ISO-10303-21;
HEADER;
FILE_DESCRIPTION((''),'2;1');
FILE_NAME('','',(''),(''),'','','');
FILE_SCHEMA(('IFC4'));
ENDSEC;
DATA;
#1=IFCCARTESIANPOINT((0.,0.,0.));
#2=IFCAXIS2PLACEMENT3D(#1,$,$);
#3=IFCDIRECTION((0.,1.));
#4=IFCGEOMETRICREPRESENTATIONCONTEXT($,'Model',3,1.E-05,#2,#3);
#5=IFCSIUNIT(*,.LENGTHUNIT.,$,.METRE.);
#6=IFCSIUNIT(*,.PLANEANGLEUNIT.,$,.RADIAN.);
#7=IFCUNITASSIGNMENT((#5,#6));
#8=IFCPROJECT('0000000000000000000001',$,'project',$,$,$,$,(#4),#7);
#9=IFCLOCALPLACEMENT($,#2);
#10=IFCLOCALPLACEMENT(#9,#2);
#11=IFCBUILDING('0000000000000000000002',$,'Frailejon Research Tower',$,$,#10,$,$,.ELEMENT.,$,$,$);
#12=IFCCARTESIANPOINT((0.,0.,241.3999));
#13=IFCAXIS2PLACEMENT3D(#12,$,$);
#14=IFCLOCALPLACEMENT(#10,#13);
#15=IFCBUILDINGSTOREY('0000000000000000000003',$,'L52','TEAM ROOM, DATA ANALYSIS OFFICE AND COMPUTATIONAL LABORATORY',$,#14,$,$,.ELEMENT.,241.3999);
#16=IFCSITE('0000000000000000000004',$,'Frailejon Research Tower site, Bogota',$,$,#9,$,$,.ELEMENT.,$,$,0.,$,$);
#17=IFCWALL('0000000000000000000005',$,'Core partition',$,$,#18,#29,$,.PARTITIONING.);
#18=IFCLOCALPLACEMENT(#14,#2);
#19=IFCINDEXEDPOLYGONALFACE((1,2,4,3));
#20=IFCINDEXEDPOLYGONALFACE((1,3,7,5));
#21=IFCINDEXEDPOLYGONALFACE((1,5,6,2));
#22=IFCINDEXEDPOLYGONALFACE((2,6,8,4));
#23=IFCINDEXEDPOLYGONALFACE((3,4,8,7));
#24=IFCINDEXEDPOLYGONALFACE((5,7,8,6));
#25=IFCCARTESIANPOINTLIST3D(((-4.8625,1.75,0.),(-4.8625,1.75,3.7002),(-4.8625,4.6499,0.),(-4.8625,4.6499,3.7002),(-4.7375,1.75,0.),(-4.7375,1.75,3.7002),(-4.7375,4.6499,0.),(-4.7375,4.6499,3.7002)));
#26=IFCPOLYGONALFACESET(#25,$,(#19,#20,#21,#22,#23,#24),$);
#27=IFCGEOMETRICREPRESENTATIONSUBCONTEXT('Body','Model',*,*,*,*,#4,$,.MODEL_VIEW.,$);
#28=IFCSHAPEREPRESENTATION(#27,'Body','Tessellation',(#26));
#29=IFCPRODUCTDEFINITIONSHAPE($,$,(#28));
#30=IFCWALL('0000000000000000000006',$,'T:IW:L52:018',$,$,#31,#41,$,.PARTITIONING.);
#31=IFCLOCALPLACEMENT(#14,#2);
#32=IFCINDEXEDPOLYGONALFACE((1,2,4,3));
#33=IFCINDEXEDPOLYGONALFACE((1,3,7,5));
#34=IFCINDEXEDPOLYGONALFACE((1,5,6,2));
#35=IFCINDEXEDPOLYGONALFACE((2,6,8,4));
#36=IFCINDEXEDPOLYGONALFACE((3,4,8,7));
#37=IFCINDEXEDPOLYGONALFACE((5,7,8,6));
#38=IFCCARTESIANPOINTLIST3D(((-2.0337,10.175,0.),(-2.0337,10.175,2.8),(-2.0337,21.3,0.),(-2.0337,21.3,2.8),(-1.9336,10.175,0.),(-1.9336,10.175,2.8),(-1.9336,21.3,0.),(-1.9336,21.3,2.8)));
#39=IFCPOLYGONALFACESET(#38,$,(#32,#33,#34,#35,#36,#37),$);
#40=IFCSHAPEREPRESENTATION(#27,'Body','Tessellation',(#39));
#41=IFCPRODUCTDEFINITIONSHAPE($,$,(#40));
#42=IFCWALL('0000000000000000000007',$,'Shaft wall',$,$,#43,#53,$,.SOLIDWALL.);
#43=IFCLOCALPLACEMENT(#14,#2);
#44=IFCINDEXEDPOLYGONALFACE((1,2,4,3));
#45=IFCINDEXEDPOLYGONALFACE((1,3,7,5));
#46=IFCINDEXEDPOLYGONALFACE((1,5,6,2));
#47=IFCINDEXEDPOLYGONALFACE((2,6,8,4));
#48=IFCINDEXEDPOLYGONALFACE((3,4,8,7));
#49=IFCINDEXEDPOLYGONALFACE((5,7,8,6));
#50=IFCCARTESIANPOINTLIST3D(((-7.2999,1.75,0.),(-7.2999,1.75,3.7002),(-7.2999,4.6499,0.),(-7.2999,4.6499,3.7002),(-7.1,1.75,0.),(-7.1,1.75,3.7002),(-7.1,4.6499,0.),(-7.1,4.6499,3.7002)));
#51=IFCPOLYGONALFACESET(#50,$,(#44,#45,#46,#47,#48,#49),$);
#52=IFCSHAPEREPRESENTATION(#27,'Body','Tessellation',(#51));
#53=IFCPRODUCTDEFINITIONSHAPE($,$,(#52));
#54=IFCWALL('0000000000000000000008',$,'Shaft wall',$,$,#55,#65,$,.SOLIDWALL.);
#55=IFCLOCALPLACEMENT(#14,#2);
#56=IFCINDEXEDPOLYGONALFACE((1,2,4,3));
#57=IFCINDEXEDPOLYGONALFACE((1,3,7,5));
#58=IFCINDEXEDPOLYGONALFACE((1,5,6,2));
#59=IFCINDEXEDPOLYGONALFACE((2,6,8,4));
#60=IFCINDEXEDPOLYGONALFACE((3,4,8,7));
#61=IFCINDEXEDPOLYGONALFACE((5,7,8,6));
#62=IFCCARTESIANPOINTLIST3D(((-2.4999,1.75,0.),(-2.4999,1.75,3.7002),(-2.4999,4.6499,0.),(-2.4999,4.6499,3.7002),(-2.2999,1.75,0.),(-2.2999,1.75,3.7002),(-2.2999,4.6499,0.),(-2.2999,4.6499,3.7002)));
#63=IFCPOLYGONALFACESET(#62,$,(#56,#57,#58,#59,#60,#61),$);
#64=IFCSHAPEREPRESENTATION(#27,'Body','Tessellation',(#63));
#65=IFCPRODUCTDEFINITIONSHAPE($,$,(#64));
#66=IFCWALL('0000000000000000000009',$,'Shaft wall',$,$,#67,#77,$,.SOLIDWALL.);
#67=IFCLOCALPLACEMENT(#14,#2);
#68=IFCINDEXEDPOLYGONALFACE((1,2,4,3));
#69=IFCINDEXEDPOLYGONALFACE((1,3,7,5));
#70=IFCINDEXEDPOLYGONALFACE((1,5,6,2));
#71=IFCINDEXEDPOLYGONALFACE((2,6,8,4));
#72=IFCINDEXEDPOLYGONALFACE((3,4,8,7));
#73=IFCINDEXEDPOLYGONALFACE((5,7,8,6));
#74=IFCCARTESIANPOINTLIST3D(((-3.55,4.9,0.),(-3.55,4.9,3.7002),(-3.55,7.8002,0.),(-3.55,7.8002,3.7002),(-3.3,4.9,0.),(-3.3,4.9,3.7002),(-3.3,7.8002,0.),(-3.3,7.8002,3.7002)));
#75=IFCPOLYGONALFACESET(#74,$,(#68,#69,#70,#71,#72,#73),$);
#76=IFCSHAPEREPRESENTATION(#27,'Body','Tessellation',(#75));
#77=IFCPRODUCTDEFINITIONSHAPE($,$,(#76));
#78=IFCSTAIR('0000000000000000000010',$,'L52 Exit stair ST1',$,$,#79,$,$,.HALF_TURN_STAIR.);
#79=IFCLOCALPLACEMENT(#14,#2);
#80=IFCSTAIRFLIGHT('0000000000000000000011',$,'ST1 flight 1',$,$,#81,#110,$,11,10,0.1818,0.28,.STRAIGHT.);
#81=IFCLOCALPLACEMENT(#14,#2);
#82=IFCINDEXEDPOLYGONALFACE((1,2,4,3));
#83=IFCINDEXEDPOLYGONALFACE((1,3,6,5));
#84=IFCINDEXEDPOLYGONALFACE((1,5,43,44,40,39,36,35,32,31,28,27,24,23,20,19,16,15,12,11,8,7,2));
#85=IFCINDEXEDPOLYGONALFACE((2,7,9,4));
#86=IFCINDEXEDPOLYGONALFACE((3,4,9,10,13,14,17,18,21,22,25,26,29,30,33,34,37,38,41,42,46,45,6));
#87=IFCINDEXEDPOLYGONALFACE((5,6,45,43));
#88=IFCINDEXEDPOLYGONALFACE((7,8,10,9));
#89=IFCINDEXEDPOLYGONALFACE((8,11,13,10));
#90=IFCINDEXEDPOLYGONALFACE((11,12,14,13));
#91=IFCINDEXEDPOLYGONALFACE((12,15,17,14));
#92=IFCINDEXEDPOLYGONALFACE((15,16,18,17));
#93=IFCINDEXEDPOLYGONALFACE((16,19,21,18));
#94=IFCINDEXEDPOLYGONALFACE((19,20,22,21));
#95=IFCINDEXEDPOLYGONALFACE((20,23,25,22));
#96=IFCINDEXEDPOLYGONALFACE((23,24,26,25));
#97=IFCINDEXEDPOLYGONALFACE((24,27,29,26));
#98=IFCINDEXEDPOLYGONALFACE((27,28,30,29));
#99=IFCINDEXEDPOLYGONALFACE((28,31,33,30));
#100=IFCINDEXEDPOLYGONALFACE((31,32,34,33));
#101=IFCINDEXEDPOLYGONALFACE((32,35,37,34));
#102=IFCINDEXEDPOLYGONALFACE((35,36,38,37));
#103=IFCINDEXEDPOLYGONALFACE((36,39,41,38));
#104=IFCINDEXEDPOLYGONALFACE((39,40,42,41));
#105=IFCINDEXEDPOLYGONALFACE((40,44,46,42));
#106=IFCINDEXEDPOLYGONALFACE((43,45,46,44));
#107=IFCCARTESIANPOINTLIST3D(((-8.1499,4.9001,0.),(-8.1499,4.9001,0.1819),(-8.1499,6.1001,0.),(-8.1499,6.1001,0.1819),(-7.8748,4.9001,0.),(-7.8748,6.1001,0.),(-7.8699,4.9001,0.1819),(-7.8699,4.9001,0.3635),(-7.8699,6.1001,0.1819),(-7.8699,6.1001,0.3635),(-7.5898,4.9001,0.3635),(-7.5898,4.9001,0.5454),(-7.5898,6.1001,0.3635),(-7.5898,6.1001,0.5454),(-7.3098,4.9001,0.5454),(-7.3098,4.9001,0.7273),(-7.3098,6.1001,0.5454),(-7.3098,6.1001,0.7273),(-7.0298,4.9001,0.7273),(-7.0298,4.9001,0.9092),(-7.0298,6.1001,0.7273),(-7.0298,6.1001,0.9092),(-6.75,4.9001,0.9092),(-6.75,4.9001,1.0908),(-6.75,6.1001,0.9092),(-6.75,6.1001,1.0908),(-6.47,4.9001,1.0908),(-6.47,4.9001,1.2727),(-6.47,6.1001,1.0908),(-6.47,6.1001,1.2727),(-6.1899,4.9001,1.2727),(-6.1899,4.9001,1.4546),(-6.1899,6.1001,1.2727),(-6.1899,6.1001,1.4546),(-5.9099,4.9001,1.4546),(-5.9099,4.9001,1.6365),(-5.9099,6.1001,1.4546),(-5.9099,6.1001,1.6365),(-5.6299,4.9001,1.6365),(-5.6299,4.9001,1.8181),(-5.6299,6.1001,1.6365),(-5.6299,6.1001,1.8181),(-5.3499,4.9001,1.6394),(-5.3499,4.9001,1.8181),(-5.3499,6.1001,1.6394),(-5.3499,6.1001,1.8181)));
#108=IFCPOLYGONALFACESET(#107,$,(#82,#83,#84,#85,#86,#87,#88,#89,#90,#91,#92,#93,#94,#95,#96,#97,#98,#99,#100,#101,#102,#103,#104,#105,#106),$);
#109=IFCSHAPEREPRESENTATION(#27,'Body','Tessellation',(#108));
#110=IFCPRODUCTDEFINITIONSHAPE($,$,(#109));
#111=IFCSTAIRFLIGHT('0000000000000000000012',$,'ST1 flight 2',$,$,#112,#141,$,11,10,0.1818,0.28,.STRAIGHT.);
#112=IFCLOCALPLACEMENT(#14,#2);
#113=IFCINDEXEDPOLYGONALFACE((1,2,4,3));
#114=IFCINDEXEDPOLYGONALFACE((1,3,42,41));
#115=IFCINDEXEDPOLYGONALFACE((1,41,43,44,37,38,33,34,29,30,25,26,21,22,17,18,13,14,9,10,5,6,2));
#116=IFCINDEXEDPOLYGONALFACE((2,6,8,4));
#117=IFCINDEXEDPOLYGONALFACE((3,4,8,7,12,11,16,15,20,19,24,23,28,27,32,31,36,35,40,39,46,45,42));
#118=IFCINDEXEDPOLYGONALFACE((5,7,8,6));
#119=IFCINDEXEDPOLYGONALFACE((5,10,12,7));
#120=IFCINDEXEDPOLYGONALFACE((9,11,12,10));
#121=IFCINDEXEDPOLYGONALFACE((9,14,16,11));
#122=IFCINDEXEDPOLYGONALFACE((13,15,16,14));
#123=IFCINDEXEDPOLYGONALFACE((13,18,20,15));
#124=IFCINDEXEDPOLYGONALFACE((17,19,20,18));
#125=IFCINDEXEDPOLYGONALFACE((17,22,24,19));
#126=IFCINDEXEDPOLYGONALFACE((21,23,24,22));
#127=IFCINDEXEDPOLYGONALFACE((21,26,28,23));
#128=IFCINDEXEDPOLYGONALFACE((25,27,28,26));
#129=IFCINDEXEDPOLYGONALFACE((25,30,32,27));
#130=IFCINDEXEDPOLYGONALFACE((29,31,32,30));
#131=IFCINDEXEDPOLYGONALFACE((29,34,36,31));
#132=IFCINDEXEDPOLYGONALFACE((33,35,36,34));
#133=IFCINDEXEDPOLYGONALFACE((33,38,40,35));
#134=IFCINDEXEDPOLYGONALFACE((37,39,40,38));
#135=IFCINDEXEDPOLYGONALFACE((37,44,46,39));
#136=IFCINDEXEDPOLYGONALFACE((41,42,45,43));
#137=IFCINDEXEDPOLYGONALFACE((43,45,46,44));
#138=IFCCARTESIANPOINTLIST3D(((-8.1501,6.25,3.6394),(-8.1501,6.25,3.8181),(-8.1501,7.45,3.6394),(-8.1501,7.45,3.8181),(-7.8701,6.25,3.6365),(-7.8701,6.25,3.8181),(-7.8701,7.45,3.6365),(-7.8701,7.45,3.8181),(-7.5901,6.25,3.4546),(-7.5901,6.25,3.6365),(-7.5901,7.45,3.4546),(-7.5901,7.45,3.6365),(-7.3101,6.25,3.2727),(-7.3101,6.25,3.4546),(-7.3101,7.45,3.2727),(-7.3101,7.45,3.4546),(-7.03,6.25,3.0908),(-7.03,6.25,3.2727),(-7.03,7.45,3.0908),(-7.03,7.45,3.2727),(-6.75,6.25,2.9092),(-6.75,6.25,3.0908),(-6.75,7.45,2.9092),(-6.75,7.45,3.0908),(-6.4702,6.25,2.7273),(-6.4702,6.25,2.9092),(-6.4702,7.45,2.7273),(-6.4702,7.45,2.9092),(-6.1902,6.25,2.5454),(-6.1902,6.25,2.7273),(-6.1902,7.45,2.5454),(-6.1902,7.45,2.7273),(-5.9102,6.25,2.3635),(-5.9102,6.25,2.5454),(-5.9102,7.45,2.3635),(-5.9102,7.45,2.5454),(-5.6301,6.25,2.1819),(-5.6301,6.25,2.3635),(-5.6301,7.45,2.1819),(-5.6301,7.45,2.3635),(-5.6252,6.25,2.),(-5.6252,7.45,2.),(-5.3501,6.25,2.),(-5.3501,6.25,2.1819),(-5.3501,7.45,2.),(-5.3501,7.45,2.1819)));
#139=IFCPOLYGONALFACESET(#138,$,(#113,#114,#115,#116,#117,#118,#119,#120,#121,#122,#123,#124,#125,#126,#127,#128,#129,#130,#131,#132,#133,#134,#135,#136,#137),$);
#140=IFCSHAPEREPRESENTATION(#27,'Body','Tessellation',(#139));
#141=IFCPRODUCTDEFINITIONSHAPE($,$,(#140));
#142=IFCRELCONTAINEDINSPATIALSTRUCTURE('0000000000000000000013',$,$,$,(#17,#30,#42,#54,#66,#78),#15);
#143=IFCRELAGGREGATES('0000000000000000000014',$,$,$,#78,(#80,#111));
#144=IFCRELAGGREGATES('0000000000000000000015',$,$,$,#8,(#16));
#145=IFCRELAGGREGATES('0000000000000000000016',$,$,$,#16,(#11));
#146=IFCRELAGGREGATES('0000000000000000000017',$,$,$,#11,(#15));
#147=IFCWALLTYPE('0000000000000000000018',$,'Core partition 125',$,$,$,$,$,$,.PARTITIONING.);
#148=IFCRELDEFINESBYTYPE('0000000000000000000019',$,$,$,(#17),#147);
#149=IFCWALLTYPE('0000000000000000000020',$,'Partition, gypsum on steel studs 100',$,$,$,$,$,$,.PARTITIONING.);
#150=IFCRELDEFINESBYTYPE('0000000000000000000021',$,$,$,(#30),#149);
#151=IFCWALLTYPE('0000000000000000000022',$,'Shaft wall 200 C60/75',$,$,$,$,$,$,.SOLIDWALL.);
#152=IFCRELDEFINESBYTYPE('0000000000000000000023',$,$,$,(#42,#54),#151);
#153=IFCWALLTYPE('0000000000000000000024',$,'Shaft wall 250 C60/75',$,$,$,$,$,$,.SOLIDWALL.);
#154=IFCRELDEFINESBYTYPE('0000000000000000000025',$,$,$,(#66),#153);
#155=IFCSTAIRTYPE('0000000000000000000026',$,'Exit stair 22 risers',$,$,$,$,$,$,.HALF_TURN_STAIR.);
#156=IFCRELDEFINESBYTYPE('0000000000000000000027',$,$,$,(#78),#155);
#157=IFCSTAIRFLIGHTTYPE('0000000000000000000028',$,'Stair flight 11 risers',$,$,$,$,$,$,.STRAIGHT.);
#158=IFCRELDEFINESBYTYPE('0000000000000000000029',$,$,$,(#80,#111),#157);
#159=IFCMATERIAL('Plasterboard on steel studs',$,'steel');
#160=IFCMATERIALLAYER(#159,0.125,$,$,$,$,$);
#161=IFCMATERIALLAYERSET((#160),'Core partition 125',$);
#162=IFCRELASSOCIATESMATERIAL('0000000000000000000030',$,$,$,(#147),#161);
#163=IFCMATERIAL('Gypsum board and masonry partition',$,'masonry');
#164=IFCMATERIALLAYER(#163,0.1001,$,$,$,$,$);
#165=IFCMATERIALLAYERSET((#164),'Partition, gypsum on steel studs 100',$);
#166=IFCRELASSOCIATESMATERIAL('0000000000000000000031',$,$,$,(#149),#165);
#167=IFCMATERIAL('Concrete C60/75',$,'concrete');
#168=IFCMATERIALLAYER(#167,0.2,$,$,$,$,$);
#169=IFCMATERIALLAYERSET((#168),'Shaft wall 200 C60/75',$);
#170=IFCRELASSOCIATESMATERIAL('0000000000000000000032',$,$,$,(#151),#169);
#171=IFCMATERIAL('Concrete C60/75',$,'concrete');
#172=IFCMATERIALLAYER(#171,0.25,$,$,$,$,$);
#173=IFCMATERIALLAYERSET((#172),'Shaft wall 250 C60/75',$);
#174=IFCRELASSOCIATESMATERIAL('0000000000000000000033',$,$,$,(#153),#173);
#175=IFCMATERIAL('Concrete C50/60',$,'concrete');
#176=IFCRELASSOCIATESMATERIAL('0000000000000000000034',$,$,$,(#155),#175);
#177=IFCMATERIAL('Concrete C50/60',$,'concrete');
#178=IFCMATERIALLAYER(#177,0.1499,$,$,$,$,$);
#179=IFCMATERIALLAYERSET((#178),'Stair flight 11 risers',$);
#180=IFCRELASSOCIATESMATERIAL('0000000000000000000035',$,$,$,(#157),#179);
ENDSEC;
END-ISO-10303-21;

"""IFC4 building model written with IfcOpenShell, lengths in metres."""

from ifc_helpers import new_model, si_unit, direction, frame, frame_2d, origin, place, context, subcontext, project, spatial, polyline, rectangle, outline, extrude, material, layer, layer_set, type_object, element, aggregate, save


model = new_model("IFC4")

# Units and contexts
model_context = context("Model", 3, precision=1e-05, world=origin(), true_north=direction((0.0, 1.0)))
body_context = subcontext(model_context, "Body", "Model", "MODEL_VIEW")
ifc_project = project(units=[si_unit("LENGTHUNIT", "METRE"), si_unit("PLANEANGLEUNIT", "RADIAN")], contexts=[model_context])

# Site, building, storey
site_placement = place(None, origin())
site = spatial("IfcSite", under=ifc_project, at=site_placement, Name="Frailejon Research Tower site, Bogota", CompositionType="ELEMENT", RefElevation=0.0)
building_placement = place(site_placement, origin())
building = spatial("IfcBuilding", under=site, at=building_placement, Name="Frailejon Research Tower", CompositionType="ELEMENT")
storey_placement = place(building_placement, frame((0.0, 0.0, 241.3999)))
storey = spatial("IfcBuildingStorey", under=building, at=storey_placement, Name="L52", Description="TEAM ROOM, DATA ANALYSIS OFFICE AND COMPUTATIONAL LABORATORY", CompositionType="ELEMENT", Elevation=241.3999)

# Walls
ifc_material_1 = material(Name="Plasterboard on steel studs", Category="steel")
ifc_layer_1 = layer(ifc_material_1, 0.125)
ifc_layer_set_1 = layer_set([ifc_layer_1], Name="Core partition 125")
wall_type_1 = type_object("IfcWallType", Name="Core partition 125", PredefinedType="PARTITIONING", material=ifc_layer_set_1)
wall_1_placement = place(storey_placement, frame((-4.8, 1.75, 0.0), z_axis=(0.0, 0.0, 1.0), x_axis=(0.0, 1.0, 0.0)))
element("IfcWall", 1, at=wall_1_placement, inside=storey, type_object=wall_type_1, Name="Core partition", PredefinedType="PARTITIONING", context=body_context, shape_type="SweptSolid", body=[
    extrude(rectangle(XDim=2.8999, YDim=0.125, at=frame_2d((1.45, 0.0))), origin(), (0.0, 0.0, 1.0), 3.7002),
])
ifc_material_2 = material(Name="Gypsum board and masonry partition", Category="masonry")
ifc_layer_2 = layer(ifc_material_2, 0.1001)
ifc_layer_set_2 = layer_set([ifc_layer_2], Name="Partition, gypsum on steel studs 100")
wall_type_2 = type_object("IfcWallType", Name="Partition, gypsum on steel studs 100", PredefinedType="PARTITIONING", material=ifc_layer_set_2)
wall_2_placement = place(storey_placement, frame((-1.9836, 10.175, 0.0), z_axis=(0.0, 0.0, 1.0), x_axis=(0.0, 1.0, 0.0)))
element("IfcWall", 2, at=wall_2_placement, inside=storey, type_object=wall_type_2, Name="T:IW:L52:018", PredefinedType="PARTITIONING", context=body_context, shape_type="SweptSolid", body=[
    extrude(rectangle(XDim=11.125, YDim=0.1001, at=frame_2d((5.5625, 0.0))), origin(), (0.0, 0.0, 1.0), 2.8),
])
ifc_material_3 = material(Name="Concrete C60/75", Category="concrete")
ifc_layer_3 = layer(ifc_material_3, 0.2)
ifc_layer_set_3 = layer_set([ifc_layer_3], Name="Shaft wall 200 C60/75")
wall_type_3 = type_object("IfcWallType", Name="Shaft wall 200 C60/75", PredefinedType="SOLIDWALL", material=ifc_layer_set_3)
for number, where, z_axis, x_axis, name in (
    (3, (-7.2, 1.75, 0.0), (0.0, 0.0, 1.0), (0.0, 1.0, 0.0), "Shaft wall"),
    (4, (-2.3999, 1.75, 0.0), (0.0, 0.0, 1.0), (0.0, 1.0, 0.0), "Shaft wall"),
):
    element("IfcWall", number, at=place(storey_placement, frame(where, z_axis=z_axis, x_axis=x_axis)), inside=storey, type_object=wall_type_3, Name=name, PredefinedType="SOLIDWALL", context=body_context, shape_type="SweptSolid", body=[
        extrude(rectangle(XDim=2.8999, YDim=0.2, at=frame_2d((1.45, 0.0))), origin(), (0.0, 0.0, 1.0), 3.7002),
    ])
ifc_material_4 = material(Name="Concrete C60/75", Category="concrete")
ifc_layer_4 = layer(ifc_material_4, 0.25)
ifc_layer_set_4 = layer_set([ifc_layer_4], Name="Shaft wall 250 C60/75")
wall_type_4 = type_object("IfcWallType", Name="Shaft wall 250 C60/75", PredefinedType="SOLIDWALL", material=ifc_layer_set_4)
wall_3_placement = place(storey_placement, frame((-3.425, 4.8999, 0.0), z_axis=(0.0, 0.0, 1.0), x_axis=(0.0, 1.0, 0.0)))
element("IfcWall", 5, at=wall_3_placement, inside=storey, type_object=wall_type_4, Name="Shaft wall", PredefinedType="SOLIDWALL", context=body_context, shape_type="SweptSolid", body=[
    extrude(rectangle(XDim=2.9001, YDim=0.25, at=frame_2d((1.4502, 0.0))), origin(), (0.0, 0.0, 1.0), 3.7002),
])

# Stair, stair flights
ifc_material_5 = material(Name="Concrete C50/60", Category="concrete")
stair_type = type_object("IfcStairType", Name="Exit stair 22 risers", PredefinedType="HALF_TURN_STAIR", material=ifc_material_5)
stair_placement = place(storey_placement, origin())
stair = element("IfcStair", 6, at=stair_placement, inside=storey, type_object=stair_type, Name="L52 Exit stair ST1", PredefinedType="HALF_TURN_STAIR")
ifc_material_6 = material(Name="Concrete C50/60", Category="concrete")
ifc_layer_5 = layer(ifc_material_6, 0.1499)
ifc_layer_set_5 = layer_set([ifc_layer_5], Name="Stair flight 11 risers")
stair_flight_type = type_object("IfcStairFlightType", Name="Stair flight 11 risers", PredefinedType="STRAIGHT", material=ifc_layer_set_5)
stair_flight_1_placement = place(storey_placement, frame((-8.1499, 5.5, 0.0), z_axis=(0.0, 0.0, 1.0), x_axis=(1.0, 0.0, 0.0)))
stair_flight_1 = element("IfcStairFlight", 7, at=stair_flight_1_placement, type_object=stair_flight_type, Name="ST1 flight 1", NumberOfRisers=11, NumberOfTreads=10, PredefinedType="STRAIGHT", RiserHeight=0.1818, TreadLength=0.28, context=body_context, shape_type="SweptSolid", body=[
    extrude(outline(polyline([(0.0, 0.0), (0.0, 0.1819), (0.28, 0.1819), (0.28, 0.3635), (0.5601, 0.3635), (0.5601, 0.5454), (0.8401, 0.5454), (0.8401, 0.7273), (1.1201, 0.7273), (1.1201, 0.9092), (1.3999, 0.9092), (1.3999, 1.0908), (1.6799, 1.0908), (1.6799, 1.2727), (1.96, 1.2727), (1.96, 1.4546), (2.24, 1.4546), (2.24, 1.6365), (2.52, 1.6365), (2.52, 1.8181), (2.8, 1.8181), (2.8, 2.0), (2.8, 1.6394), (0.2751, 0.0), (0.0, 0.0)])), frame((0.0, 0.6001, 0.0), z_axis=(0.0, -1.0, 0.0), x_axis=(1.0, 0.0, 0.0)), (0.0, 0.0, 1.0), 1.2),
])
stair_flight_2_placement = place(storey_placement, frame((-5.3501, 6.8501, 2.0), z_axis=(0.0, 0.0, 1.0), x_axis=(-1.0, 0.0, 0.0)))
stair_flight_2 = element("IfcStairFlight", 8, at=stair_flight_2_placement, type_object=stair_flight_type, Name="ST1 flight 2", NumberOfRisers=11, NumberOfTreads=10, PredefinedType="STRAIGHT", RiserHeight=0.1818, TreadLength=0.28, context=body_context, shape_type="SweptSolid", body=[
    extrude(outline(polyline([(0.0, 0.0), (0.0, 0.1819), (0.28, 0.1819), (0.28, 0.3635), (0.5601, 0.3635), (0.5601, 0.5454), (0.8401, 0.5454), (0.8401, 0.7273), (1.1201, 0.7273), (1.1201, 0.9092), (1.3999, 0.9092), (1.3999, 1.0908), (1.6799, 1.0908), (1.6799, 1.2727), (1.96, 1.2727), (1.96, 1.4546), (2.24, 1.4546), (2.24, 1.6365), (2.52, 1.6365), (2.52, 1.8181), (2.8, 1.8181), (2.8, 2.0), (2.8, 1.6394), (0.2751, 0.0), (0.0, 0.0)])), frame((0.0, 0.6001, 0.0), z_axis=(0.0, -1.0, 0.0), x_axis=(1.0, 0.0, 0.0)), (0.0, 0.0, 1.0), 1.2),
])
aggregate(stair, [stair_flight_1, stair_flight_2])

save(model, "model.ifc")
